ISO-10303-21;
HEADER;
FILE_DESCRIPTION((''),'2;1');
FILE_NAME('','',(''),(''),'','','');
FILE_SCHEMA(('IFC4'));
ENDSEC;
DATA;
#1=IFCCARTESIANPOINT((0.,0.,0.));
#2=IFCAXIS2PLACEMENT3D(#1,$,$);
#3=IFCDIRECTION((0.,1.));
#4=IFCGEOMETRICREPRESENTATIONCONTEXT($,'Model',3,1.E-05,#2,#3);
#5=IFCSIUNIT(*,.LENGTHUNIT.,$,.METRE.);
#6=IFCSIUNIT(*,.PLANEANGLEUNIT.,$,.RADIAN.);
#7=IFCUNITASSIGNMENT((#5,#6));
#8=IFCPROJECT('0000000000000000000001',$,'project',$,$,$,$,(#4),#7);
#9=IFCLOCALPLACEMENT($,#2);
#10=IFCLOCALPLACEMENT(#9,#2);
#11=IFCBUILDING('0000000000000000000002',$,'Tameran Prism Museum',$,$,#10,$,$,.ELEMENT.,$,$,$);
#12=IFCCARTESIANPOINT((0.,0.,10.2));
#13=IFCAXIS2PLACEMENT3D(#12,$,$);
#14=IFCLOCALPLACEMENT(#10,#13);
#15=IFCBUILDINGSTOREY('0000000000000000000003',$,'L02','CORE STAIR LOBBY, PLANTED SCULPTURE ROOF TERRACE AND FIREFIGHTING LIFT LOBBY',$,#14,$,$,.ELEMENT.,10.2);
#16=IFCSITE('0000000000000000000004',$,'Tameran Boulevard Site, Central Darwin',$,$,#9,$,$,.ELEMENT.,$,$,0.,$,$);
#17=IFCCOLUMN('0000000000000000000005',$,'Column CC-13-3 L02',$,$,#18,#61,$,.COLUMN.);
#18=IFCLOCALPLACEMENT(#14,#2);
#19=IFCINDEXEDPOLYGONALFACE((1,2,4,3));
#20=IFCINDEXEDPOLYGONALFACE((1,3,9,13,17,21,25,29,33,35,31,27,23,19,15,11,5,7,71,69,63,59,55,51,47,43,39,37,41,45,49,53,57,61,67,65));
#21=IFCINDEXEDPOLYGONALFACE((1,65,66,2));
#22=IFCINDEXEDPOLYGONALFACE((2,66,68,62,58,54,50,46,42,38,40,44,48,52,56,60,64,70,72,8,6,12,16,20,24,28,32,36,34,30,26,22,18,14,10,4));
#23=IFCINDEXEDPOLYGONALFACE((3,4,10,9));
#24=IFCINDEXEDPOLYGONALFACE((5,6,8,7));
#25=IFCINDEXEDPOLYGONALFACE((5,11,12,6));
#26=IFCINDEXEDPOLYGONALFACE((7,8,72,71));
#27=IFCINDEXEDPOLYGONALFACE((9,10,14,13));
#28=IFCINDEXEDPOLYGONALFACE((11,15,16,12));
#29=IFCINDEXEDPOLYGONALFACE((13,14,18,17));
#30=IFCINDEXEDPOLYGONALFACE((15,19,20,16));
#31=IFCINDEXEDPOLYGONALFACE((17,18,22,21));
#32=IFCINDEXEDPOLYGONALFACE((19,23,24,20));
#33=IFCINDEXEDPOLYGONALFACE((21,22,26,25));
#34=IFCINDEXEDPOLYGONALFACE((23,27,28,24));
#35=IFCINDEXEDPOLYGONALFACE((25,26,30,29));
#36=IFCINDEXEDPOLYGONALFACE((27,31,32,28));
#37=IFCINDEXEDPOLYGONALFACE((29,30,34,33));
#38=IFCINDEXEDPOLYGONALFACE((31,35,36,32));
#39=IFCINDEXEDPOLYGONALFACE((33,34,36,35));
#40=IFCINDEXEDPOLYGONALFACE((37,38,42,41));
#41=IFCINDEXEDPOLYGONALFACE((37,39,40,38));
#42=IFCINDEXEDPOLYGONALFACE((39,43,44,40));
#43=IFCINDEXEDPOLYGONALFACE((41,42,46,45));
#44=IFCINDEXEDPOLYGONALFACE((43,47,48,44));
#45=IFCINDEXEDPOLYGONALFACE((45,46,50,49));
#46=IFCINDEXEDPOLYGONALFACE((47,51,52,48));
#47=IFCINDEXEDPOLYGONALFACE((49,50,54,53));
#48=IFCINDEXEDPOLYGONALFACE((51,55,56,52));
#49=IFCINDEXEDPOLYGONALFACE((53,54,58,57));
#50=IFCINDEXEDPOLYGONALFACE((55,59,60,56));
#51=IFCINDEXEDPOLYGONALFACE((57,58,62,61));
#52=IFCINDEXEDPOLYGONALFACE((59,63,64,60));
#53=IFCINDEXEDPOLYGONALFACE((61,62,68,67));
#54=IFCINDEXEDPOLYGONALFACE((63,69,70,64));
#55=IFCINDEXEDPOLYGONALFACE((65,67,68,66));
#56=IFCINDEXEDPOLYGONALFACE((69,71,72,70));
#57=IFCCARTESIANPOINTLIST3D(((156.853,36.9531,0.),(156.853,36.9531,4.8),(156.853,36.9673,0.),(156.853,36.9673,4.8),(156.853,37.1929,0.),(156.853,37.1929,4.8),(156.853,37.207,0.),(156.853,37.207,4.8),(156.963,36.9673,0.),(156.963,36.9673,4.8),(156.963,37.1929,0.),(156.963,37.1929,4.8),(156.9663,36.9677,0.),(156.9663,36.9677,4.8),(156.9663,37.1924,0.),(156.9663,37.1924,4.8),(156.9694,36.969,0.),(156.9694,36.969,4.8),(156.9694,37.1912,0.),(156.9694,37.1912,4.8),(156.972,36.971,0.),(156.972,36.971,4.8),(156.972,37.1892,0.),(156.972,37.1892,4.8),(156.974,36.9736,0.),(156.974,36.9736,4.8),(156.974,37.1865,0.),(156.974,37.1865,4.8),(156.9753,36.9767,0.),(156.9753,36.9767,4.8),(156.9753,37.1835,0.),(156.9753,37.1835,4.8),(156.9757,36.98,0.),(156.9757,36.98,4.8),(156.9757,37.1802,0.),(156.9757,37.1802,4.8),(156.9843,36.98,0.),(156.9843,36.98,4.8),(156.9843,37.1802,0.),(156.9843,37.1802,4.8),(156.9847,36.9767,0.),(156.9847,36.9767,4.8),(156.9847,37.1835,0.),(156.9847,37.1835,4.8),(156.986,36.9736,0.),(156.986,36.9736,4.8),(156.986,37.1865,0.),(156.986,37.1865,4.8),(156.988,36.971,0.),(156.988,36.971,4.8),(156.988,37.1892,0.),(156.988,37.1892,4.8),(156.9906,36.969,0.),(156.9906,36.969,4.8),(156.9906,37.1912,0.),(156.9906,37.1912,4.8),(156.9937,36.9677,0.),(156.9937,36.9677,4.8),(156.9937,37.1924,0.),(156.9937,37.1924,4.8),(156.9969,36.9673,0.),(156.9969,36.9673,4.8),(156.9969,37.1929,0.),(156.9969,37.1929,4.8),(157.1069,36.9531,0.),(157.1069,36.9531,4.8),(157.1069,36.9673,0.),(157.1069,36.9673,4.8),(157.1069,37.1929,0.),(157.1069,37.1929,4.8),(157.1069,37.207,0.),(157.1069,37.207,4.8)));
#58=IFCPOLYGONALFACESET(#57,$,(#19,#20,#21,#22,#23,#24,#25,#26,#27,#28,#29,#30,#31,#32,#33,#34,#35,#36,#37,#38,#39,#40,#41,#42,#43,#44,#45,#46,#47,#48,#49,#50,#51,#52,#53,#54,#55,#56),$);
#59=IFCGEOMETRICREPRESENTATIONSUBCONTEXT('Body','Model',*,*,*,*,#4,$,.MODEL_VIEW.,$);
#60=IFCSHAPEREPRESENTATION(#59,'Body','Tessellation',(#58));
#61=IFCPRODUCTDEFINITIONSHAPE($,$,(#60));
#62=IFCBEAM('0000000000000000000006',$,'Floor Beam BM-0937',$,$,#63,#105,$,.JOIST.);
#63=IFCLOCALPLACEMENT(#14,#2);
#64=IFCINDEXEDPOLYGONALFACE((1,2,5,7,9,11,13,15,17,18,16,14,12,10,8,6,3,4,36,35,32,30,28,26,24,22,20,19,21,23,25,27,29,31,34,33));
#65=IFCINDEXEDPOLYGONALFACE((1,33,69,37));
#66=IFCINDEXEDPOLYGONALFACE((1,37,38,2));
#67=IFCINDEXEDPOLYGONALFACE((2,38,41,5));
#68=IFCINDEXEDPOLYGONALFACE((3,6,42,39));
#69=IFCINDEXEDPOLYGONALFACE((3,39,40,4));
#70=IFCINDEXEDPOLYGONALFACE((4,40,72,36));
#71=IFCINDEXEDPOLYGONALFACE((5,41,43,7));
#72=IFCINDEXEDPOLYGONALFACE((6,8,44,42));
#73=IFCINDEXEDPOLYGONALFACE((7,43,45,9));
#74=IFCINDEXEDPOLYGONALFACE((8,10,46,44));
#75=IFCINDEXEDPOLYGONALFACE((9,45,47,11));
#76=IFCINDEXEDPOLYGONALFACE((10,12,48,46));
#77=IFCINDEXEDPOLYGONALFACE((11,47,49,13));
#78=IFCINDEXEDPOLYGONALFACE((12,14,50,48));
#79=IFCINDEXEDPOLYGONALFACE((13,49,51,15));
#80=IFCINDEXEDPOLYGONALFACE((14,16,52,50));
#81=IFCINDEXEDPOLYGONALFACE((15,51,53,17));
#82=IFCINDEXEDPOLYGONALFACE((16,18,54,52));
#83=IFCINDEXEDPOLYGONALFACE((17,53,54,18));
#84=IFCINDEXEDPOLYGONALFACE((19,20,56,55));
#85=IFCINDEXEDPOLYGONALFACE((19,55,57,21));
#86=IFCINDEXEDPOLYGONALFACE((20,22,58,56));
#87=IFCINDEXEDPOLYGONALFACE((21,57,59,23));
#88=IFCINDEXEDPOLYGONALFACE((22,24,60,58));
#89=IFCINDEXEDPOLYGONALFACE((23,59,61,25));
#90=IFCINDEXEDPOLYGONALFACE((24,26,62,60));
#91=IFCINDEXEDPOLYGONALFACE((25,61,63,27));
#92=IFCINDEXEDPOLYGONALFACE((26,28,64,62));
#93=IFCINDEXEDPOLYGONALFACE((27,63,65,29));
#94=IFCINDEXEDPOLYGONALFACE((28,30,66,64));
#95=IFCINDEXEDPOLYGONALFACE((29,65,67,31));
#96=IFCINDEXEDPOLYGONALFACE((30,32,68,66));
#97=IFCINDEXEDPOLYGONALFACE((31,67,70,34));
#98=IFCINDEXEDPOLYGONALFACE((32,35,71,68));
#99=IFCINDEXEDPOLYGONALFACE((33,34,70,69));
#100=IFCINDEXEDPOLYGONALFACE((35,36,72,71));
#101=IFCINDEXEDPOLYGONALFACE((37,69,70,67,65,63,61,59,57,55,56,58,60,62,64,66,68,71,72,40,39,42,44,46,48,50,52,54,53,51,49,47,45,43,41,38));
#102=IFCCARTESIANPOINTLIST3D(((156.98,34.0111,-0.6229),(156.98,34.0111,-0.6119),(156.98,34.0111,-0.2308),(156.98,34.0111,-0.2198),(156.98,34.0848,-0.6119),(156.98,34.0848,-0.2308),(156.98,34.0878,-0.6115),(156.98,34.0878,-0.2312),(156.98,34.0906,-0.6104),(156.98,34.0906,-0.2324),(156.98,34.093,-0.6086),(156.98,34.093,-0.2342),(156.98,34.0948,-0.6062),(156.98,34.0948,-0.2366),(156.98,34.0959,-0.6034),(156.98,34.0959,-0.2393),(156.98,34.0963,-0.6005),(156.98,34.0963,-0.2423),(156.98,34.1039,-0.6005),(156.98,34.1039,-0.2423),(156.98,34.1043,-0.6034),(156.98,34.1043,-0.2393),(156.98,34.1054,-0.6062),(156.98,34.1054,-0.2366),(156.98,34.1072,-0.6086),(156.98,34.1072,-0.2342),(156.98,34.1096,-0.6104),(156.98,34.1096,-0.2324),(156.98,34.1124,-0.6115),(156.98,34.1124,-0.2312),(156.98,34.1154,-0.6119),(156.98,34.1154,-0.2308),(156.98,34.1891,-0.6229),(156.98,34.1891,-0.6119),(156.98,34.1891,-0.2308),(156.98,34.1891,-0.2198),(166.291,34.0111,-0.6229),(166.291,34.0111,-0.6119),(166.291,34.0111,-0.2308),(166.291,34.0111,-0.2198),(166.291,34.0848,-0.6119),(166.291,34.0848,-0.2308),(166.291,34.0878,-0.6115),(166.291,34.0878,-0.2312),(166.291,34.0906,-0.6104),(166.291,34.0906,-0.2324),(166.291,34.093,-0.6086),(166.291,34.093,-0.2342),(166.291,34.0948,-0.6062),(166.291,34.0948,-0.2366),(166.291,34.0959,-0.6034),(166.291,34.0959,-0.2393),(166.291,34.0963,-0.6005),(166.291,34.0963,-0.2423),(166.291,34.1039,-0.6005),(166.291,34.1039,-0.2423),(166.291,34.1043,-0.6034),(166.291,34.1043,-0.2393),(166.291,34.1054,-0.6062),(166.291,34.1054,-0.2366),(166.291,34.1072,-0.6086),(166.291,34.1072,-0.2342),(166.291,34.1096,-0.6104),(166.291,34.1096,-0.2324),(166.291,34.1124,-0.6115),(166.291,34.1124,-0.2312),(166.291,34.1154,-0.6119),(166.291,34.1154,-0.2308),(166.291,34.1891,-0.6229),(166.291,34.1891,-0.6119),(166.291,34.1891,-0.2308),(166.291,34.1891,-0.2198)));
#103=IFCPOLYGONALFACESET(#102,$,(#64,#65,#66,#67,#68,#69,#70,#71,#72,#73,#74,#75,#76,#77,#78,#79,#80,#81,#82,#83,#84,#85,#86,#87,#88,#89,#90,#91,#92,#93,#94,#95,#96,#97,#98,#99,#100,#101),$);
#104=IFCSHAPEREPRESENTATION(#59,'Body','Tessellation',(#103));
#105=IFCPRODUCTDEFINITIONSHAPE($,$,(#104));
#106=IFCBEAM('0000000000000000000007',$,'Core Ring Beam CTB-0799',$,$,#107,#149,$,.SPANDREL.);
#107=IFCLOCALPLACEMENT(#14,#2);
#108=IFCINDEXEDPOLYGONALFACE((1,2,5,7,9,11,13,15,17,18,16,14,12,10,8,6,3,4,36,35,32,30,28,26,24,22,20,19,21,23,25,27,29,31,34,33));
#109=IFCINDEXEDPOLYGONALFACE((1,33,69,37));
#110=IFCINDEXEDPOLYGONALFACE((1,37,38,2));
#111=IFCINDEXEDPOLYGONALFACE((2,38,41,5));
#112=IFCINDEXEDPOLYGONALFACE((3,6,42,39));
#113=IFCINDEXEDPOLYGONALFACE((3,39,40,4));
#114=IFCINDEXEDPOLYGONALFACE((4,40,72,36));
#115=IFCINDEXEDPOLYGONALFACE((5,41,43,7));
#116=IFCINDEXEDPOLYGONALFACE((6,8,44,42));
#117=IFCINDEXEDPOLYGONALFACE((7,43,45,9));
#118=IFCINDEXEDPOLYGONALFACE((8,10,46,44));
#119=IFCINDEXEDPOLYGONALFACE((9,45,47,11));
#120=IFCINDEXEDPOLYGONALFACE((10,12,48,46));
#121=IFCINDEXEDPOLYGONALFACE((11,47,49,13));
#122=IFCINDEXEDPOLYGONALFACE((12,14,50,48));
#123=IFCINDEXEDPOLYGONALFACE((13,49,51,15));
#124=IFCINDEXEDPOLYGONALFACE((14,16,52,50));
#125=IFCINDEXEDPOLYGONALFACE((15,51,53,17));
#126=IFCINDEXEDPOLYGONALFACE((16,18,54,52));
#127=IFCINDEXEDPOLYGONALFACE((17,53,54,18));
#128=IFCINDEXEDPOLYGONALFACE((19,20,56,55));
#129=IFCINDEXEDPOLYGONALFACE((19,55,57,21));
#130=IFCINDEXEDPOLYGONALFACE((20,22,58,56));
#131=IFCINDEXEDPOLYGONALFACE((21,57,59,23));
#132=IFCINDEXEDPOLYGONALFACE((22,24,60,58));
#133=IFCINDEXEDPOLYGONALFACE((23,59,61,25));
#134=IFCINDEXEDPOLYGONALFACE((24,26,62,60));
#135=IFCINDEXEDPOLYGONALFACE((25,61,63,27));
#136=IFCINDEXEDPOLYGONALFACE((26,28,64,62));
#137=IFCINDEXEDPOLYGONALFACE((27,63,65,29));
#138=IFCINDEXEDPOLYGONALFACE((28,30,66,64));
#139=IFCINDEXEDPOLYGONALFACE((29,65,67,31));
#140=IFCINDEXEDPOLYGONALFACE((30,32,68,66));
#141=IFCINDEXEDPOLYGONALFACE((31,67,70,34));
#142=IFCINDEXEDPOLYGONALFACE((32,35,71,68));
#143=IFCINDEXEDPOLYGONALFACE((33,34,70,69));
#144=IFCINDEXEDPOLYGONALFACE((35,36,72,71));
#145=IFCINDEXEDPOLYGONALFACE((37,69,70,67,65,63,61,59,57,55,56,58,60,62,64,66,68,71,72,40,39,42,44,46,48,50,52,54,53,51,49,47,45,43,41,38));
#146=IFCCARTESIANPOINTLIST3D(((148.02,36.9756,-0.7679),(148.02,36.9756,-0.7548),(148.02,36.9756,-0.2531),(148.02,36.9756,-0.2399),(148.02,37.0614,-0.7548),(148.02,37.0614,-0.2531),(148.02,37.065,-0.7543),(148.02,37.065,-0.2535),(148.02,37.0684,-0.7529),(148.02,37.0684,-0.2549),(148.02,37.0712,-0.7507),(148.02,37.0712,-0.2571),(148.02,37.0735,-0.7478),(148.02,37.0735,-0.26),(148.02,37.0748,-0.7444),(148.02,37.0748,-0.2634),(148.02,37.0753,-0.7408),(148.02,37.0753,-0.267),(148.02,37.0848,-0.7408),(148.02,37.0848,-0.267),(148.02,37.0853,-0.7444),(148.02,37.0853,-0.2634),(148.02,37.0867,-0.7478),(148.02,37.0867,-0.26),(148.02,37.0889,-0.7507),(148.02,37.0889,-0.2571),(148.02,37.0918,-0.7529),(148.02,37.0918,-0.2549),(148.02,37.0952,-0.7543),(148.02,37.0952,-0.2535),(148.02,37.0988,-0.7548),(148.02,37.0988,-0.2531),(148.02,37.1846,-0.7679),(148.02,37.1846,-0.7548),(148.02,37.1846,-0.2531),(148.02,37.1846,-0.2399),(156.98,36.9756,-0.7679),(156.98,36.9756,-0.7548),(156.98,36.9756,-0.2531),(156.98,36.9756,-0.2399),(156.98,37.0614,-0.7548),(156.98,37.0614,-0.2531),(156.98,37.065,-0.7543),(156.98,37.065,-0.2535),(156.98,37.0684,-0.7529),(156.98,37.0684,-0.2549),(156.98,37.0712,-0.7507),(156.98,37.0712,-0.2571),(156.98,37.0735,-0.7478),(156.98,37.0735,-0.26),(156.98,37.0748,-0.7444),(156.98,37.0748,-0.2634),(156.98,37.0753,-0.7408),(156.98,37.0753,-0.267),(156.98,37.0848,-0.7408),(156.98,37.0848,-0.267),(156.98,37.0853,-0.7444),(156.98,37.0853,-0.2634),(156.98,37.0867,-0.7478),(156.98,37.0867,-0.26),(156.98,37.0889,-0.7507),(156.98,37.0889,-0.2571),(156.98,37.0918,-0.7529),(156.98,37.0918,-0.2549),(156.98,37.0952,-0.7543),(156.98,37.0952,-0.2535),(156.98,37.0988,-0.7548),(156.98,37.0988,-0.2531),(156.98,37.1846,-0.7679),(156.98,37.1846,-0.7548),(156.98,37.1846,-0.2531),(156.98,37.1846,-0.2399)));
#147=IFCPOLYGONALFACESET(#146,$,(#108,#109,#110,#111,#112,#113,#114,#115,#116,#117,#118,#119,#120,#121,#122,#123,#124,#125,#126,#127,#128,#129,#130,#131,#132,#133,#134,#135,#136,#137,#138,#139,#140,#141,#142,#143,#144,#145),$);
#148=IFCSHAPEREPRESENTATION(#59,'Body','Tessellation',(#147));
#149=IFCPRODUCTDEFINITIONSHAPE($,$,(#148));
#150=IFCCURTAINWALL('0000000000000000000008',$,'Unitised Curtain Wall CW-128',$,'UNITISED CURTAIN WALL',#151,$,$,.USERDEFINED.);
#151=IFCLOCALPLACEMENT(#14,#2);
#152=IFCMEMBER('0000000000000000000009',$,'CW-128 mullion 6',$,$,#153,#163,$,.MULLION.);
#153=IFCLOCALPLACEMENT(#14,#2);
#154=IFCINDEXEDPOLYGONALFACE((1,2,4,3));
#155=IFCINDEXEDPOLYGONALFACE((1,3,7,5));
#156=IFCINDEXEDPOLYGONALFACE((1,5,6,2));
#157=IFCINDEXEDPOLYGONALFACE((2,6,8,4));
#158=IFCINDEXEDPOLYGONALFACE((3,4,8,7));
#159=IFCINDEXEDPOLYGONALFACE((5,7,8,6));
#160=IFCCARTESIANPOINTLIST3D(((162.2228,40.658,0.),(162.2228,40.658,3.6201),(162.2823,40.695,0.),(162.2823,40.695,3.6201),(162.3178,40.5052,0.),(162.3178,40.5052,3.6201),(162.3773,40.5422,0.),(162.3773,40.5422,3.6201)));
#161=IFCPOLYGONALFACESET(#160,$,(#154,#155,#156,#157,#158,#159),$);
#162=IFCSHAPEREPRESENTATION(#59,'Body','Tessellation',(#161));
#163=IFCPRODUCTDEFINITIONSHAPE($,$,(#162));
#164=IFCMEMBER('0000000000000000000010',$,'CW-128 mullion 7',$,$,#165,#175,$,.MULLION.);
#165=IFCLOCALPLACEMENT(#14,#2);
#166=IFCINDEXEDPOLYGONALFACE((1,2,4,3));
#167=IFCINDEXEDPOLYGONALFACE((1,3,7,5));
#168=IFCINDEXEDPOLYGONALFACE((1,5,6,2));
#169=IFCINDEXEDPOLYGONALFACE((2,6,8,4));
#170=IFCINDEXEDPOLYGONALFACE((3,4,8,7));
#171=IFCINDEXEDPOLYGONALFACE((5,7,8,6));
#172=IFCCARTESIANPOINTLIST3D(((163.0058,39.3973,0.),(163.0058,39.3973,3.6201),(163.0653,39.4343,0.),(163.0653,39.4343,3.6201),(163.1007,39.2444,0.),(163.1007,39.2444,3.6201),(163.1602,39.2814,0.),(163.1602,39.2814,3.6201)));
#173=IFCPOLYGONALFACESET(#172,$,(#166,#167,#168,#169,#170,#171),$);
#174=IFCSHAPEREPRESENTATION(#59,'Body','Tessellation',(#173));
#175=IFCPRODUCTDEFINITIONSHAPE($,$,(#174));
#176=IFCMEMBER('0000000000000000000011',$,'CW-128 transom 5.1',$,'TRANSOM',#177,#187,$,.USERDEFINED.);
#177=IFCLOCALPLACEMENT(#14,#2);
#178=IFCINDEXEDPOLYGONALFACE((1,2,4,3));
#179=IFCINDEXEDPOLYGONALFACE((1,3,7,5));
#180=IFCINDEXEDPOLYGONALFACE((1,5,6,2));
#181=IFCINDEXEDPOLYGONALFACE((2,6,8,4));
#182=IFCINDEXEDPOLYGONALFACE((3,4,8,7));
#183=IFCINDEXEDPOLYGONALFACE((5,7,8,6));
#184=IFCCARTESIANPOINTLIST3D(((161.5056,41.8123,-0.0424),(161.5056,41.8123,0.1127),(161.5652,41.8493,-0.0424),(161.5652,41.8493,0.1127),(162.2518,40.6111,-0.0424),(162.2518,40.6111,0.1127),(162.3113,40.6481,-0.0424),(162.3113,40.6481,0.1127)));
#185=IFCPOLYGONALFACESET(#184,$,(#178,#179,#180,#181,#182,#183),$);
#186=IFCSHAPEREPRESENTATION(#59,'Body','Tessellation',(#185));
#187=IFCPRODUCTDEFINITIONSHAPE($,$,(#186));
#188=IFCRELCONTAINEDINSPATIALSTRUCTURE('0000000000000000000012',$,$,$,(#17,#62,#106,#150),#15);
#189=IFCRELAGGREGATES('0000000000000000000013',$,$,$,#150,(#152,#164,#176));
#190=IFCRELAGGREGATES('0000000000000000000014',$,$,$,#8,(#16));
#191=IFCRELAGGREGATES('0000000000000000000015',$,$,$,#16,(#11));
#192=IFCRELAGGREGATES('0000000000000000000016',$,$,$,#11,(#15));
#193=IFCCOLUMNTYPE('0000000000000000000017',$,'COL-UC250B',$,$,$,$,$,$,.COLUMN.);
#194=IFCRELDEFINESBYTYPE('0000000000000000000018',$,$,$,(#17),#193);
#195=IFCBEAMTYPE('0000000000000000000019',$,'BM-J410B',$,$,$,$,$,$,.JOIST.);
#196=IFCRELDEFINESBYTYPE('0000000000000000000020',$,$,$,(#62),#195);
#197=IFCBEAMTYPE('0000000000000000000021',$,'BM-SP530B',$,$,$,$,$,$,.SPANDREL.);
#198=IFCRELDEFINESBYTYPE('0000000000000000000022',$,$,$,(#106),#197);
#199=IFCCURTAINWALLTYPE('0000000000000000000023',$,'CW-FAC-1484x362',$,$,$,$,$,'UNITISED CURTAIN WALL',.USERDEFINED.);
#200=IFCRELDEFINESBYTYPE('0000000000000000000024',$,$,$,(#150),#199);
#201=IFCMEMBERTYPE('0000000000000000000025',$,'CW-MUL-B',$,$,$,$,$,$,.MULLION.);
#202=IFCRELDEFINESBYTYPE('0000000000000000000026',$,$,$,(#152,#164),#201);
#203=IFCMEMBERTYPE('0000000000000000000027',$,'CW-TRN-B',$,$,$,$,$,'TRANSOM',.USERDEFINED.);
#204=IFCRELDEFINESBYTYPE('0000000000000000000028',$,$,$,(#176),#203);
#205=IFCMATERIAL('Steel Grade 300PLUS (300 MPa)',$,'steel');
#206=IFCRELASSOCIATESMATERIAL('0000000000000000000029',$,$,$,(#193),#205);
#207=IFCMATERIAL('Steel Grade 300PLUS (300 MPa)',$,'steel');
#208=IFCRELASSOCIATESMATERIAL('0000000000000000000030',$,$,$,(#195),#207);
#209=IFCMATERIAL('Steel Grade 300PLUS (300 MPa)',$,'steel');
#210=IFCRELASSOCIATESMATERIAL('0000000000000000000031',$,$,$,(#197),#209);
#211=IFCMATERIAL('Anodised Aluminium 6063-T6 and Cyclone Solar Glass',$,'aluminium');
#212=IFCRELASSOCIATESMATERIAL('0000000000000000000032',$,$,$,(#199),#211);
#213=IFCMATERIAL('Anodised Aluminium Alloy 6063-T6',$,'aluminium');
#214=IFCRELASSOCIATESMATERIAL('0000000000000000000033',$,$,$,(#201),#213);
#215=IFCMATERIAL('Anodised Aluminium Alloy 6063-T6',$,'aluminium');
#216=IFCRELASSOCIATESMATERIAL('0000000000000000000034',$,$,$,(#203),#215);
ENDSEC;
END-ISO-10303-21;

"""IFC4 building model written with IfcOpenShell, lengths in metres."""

from ifc_helpers import new_model, si_unit, direction, frame, origin, origin_2d, place, context, subcontext, project, spatial, rectangle, i_section, extrude, material, material_profile, profile_set, type_object, element, aggregate, save


model = new_model("IFC4")

# Units and contexts
model_context = context("Model", 3, precision=1e-05, world=origin(), true_north=direction((0.0, 1.0)))
body_context = subcontext(model_context, "Body", "Model", "MODEL_VIEW")
ifc_project = project(units=[si_unit("LENGTHUNIT", "METRE"), si_unit("PLANEANGLEUNIT", "RADIAN")], contexts=[model_context])

# Site, building, storey
site_placement = place(None, origin())
site = spatial("IfcSite", under=ifc_project, at=site_placement, Name="Tameran Boulevard Site, Central Darwin", CompositionType="ELEMENT", RefElevation=0.0)
building_placement = place(site_placement, origin())
building = spatial("IfcBuilding", under=site, at=building_placement, Name="Tameran Prism Museum", CompositionType="ELEMENT")
storey_placement = place(building_placement, frame((0.0, 0.0, 10.2)))
storey = spatial("IfcBuildingStorey", under=building, at=storey_placement, Name="L02", Description="CORE STAIR LOBBY, PLANTED SCULPTURE ROOF TERRACE AND FIREFIGHTING LIFT LOBBY", CompositionType="ELEMENT", Elevation=10.2)

# Column
ifc_material_1 = material(Name="Steel Grade 300PLUS (300 MPa)", Category="steel")
ifc_material_profile_1 = material_profile(ifc_material_1, i_section(OverallWidth=0.2539, OverallDepth=0.2539, WebThickness=0.0085, FlangeThickness=0.0142, FilletRadius=0.0127, at=origin_2d()))
ifc_profile_set_1 = profile_set([ifc_material_profile_1])
column_type = type_object("IfcColumnType", Name="COL-UC250B", PredefinedType="COLUMN", material=ifc_profile_set_1)
column_placement = place(storey_placement, frame((156.98, 37.0801, 0.0), z_axis=(0.0, 0.0, 1.0), x_axis=(1.0, 0.0, 0.0)))
element("IfcColumn", 1, at=column_placement, inside=storey, type_object=column_type, Name="Column CC-13-3 L02", PredefinedType="COLUMN", context=body_context, shape_type="SweptSolid", body=[
    extrude(i_section(OverallWidth=0.2539, OverallDepth=0.2539, WebThickness=0.0085, FlangeThickness=0.0142, FilletRadius=0.0127, at=origin_2d()), origin(), (0.0, 0.0, 1.0), 4.8),
])

# Beams
ifc_material_2 = material(Name="Steel Grade 300PLUS (300 MPa)", Category="steel")
ifc_material_profile_2 = material_profile(ifc_material_2, i_section(OverallWidth=0.178, OverallDepth=0.4031, WebThickness=0.0076, FlangeThickness=0.011, FilletRadius=0.0115, at=origin_2d()))
ifc_profile_set_2 = profile_set([ifc_material_profile_2])
beam_type_1 = type_object("IfcBeamType", Name="BM-J410B", PredefinedType="JOIST", material=ifc_profile_set_2)
beam_1_placement = place(storey_placement, frame((156.98, 34.1001, -0.4214), z_axis=(1.0, 0.0, 0.0), x_axis=(0.0, 1.0, 0.0)))
element("IfcBeam", 2, at=beam_1_placement, inside=storey, type_object=beam_type_1, Name="Floor Beam BM-0937", PredefinedType="JOIST", context=body_context, shape_type="SweptSolid", body=[
    extrude(i_section(OverallWidth=0.178, OverallDepth=0.4031, WebThickness=0.0076, FlangeThickness=0.011, FilletRadius=0.0115, at=origin_2d()), origin(), (0.0, 0.0, 1.0), 9.311),
])
ifc_material_3 = material(Name="Steel Grade 300PLUS (300 MPa)", Category="steel")
ifc_material_profile_3 = material_profile(ifc_material_3, i_section(OverallWidth=0.209, OverallDepth=0.5281, WebThickness=0.0095, FlangeThickness=0.0132, FilletRadius=0.0139, at=origin_2d()))
ifc_profile_set_3 = profile_set([ifc_material_profile_3])
beam_type_2 = type_object("IfcBeamType", Name="BM-SP530B", PredefinedType="SPANDREL", material=ifc_profile_set_3)
beam_2_placement = place(storey_placement, frame((156.98, 37.0801, -0.5039), z_axis=(-1.0, 0.0, 0.0), x_axis=(0.0, -1.0, 0.0)))
element("IfcBeam", 3, at=beam_2_placement, inside=storey, type_object=beam_type_2, Name="Core Ring Beam CTB-0799", PredefinedType="SPANDREL", context=body_context, shape_type="SweptSolid", body=[
    extrude(i_section(OverallWidth=0.209, OverallDepth=0.5281, WebThickness=0.0095, FlangeThickness=0.0132, FilletRadius=0.0139, at=origin_2d()), origin(), (0.0, 0.0, 1.0), 8.96),
])

# Curtain wall, members
ifc_material_4 = material(Name="Anodised Aluminium 6063-T6 and Cyclone Solar Glass", Category="aluminium")
curtain_wall_type = type_object("IfcCurtainWallType", Name="CW-FAC-1484x362", ElementType="UNITISED CURTAIN WALL", PredefinedType="USERDEFINED", material=ifc_material_4)
curtain_wall_placement = place(storey_placement, origin())
curtain_wall = element("IfcCurtainWall", 4, at=curtain_wall_placement, inside=storey, type_object=curtain_wall_type, Name="Unitised Curtain Wall CW-128", ObjectType="UNITISED CURTAIN WALL", PredefinedType="USERDEFINED")
ifc_material_5 = material(Name="Anodised Aluminium Alloy 6063-T6", Category="aluminium")
ifc_material_profile_4 = material_profile(ifc_material_5, rectangle(XDim=0.0701, YDim=0.1799, at=origin_2d()))
ifc_profile_set_4 = profile_set([ifc_material_profile_4])
member_type_1 = type_object("IfcMemberType", Name="CW-MUL-B", PredefinedType="MULLION", material=ifc_profile_set_4)
member_1_placement = place(storey_placement, frame((162.3, 40.6001, 0.0), z_axis=(0.0, 0.0, 1.0), x_axis=(0.849471, 0.527635, 0.0)))
member_1 = element("IfcMember", 5, at=member_1_placement, type_object=member_type_1, Name="CW-128 mullion 6", PredefinedType="MULLION", context=body_context, shape_type="SweptSolid", body=[
    extrude(rectangle(XDim=0.0701, YDim=0.1799, at=origin_2d()), origin(), (0.0, 0.0, 1.0), 3.6201),
])
member_2_placement = place(storey_placement, frame((163.083, 39.3394, 0.0), z_axis=(0.0, 0.0, 1.0), x_axis=(0.849471, 0.527635, 0.0)))
member_2 = element("IfcMember", 6, at=member_2_placement, type_object=member_type_1, Name="CW-128 mullion 7", PredefinedType="MULLION", context=body_context, shape_type="SweptSolid", body=[
    extrude(rectangle(XDim=0.0701, YDim=0.1799, at=origin_2d()), origin(), (0.0, 0.0, 1.0), 3.6201),
])
ifc_material_6 = material(Name="Anodised Aluminium Alloy 6063-T6", Category="aluminium")
ifc_material_profile_5 = material_profile(ifc_material_6, rectangle(XDim=0.0701, YDim=0.155, at=origin_2d()))
ifc_profile_set_5 = profile_set([ifc_material_profile_5])
member_type_2 = type_object("IfcMemberType", Name="CW-TRN-B", ElementType="TRANSOM", PredefinedType="USERDEFINED", material=ifc_profile_set_5)
member_3_placement = place(storey_placement, frame((161.5354, 41.8308, 0.0352), z_axis=(0.527638, -0.849469, 0.0), x_axis=(0.849469, 0.527638, 0.0)))
member_3 = element("IfcMember", 7, at=member_3_placement, type_object=member_type_2, Name="CW-128 transom 5.1", ObjectType="TRANSOM", PredefinedType="USERDEFINED", context=body_context, shape_type="SweptSolid", body=[
    extrude(rectangle(XDim=0.0701, YDim=0.155, at=origin_2d()), origin(), (0.0, 0.0, 1.0), 1.4141),
])
aggregate(curtain_wall, [member_1, member_2, member_3])

save(model, "model.ifc")
